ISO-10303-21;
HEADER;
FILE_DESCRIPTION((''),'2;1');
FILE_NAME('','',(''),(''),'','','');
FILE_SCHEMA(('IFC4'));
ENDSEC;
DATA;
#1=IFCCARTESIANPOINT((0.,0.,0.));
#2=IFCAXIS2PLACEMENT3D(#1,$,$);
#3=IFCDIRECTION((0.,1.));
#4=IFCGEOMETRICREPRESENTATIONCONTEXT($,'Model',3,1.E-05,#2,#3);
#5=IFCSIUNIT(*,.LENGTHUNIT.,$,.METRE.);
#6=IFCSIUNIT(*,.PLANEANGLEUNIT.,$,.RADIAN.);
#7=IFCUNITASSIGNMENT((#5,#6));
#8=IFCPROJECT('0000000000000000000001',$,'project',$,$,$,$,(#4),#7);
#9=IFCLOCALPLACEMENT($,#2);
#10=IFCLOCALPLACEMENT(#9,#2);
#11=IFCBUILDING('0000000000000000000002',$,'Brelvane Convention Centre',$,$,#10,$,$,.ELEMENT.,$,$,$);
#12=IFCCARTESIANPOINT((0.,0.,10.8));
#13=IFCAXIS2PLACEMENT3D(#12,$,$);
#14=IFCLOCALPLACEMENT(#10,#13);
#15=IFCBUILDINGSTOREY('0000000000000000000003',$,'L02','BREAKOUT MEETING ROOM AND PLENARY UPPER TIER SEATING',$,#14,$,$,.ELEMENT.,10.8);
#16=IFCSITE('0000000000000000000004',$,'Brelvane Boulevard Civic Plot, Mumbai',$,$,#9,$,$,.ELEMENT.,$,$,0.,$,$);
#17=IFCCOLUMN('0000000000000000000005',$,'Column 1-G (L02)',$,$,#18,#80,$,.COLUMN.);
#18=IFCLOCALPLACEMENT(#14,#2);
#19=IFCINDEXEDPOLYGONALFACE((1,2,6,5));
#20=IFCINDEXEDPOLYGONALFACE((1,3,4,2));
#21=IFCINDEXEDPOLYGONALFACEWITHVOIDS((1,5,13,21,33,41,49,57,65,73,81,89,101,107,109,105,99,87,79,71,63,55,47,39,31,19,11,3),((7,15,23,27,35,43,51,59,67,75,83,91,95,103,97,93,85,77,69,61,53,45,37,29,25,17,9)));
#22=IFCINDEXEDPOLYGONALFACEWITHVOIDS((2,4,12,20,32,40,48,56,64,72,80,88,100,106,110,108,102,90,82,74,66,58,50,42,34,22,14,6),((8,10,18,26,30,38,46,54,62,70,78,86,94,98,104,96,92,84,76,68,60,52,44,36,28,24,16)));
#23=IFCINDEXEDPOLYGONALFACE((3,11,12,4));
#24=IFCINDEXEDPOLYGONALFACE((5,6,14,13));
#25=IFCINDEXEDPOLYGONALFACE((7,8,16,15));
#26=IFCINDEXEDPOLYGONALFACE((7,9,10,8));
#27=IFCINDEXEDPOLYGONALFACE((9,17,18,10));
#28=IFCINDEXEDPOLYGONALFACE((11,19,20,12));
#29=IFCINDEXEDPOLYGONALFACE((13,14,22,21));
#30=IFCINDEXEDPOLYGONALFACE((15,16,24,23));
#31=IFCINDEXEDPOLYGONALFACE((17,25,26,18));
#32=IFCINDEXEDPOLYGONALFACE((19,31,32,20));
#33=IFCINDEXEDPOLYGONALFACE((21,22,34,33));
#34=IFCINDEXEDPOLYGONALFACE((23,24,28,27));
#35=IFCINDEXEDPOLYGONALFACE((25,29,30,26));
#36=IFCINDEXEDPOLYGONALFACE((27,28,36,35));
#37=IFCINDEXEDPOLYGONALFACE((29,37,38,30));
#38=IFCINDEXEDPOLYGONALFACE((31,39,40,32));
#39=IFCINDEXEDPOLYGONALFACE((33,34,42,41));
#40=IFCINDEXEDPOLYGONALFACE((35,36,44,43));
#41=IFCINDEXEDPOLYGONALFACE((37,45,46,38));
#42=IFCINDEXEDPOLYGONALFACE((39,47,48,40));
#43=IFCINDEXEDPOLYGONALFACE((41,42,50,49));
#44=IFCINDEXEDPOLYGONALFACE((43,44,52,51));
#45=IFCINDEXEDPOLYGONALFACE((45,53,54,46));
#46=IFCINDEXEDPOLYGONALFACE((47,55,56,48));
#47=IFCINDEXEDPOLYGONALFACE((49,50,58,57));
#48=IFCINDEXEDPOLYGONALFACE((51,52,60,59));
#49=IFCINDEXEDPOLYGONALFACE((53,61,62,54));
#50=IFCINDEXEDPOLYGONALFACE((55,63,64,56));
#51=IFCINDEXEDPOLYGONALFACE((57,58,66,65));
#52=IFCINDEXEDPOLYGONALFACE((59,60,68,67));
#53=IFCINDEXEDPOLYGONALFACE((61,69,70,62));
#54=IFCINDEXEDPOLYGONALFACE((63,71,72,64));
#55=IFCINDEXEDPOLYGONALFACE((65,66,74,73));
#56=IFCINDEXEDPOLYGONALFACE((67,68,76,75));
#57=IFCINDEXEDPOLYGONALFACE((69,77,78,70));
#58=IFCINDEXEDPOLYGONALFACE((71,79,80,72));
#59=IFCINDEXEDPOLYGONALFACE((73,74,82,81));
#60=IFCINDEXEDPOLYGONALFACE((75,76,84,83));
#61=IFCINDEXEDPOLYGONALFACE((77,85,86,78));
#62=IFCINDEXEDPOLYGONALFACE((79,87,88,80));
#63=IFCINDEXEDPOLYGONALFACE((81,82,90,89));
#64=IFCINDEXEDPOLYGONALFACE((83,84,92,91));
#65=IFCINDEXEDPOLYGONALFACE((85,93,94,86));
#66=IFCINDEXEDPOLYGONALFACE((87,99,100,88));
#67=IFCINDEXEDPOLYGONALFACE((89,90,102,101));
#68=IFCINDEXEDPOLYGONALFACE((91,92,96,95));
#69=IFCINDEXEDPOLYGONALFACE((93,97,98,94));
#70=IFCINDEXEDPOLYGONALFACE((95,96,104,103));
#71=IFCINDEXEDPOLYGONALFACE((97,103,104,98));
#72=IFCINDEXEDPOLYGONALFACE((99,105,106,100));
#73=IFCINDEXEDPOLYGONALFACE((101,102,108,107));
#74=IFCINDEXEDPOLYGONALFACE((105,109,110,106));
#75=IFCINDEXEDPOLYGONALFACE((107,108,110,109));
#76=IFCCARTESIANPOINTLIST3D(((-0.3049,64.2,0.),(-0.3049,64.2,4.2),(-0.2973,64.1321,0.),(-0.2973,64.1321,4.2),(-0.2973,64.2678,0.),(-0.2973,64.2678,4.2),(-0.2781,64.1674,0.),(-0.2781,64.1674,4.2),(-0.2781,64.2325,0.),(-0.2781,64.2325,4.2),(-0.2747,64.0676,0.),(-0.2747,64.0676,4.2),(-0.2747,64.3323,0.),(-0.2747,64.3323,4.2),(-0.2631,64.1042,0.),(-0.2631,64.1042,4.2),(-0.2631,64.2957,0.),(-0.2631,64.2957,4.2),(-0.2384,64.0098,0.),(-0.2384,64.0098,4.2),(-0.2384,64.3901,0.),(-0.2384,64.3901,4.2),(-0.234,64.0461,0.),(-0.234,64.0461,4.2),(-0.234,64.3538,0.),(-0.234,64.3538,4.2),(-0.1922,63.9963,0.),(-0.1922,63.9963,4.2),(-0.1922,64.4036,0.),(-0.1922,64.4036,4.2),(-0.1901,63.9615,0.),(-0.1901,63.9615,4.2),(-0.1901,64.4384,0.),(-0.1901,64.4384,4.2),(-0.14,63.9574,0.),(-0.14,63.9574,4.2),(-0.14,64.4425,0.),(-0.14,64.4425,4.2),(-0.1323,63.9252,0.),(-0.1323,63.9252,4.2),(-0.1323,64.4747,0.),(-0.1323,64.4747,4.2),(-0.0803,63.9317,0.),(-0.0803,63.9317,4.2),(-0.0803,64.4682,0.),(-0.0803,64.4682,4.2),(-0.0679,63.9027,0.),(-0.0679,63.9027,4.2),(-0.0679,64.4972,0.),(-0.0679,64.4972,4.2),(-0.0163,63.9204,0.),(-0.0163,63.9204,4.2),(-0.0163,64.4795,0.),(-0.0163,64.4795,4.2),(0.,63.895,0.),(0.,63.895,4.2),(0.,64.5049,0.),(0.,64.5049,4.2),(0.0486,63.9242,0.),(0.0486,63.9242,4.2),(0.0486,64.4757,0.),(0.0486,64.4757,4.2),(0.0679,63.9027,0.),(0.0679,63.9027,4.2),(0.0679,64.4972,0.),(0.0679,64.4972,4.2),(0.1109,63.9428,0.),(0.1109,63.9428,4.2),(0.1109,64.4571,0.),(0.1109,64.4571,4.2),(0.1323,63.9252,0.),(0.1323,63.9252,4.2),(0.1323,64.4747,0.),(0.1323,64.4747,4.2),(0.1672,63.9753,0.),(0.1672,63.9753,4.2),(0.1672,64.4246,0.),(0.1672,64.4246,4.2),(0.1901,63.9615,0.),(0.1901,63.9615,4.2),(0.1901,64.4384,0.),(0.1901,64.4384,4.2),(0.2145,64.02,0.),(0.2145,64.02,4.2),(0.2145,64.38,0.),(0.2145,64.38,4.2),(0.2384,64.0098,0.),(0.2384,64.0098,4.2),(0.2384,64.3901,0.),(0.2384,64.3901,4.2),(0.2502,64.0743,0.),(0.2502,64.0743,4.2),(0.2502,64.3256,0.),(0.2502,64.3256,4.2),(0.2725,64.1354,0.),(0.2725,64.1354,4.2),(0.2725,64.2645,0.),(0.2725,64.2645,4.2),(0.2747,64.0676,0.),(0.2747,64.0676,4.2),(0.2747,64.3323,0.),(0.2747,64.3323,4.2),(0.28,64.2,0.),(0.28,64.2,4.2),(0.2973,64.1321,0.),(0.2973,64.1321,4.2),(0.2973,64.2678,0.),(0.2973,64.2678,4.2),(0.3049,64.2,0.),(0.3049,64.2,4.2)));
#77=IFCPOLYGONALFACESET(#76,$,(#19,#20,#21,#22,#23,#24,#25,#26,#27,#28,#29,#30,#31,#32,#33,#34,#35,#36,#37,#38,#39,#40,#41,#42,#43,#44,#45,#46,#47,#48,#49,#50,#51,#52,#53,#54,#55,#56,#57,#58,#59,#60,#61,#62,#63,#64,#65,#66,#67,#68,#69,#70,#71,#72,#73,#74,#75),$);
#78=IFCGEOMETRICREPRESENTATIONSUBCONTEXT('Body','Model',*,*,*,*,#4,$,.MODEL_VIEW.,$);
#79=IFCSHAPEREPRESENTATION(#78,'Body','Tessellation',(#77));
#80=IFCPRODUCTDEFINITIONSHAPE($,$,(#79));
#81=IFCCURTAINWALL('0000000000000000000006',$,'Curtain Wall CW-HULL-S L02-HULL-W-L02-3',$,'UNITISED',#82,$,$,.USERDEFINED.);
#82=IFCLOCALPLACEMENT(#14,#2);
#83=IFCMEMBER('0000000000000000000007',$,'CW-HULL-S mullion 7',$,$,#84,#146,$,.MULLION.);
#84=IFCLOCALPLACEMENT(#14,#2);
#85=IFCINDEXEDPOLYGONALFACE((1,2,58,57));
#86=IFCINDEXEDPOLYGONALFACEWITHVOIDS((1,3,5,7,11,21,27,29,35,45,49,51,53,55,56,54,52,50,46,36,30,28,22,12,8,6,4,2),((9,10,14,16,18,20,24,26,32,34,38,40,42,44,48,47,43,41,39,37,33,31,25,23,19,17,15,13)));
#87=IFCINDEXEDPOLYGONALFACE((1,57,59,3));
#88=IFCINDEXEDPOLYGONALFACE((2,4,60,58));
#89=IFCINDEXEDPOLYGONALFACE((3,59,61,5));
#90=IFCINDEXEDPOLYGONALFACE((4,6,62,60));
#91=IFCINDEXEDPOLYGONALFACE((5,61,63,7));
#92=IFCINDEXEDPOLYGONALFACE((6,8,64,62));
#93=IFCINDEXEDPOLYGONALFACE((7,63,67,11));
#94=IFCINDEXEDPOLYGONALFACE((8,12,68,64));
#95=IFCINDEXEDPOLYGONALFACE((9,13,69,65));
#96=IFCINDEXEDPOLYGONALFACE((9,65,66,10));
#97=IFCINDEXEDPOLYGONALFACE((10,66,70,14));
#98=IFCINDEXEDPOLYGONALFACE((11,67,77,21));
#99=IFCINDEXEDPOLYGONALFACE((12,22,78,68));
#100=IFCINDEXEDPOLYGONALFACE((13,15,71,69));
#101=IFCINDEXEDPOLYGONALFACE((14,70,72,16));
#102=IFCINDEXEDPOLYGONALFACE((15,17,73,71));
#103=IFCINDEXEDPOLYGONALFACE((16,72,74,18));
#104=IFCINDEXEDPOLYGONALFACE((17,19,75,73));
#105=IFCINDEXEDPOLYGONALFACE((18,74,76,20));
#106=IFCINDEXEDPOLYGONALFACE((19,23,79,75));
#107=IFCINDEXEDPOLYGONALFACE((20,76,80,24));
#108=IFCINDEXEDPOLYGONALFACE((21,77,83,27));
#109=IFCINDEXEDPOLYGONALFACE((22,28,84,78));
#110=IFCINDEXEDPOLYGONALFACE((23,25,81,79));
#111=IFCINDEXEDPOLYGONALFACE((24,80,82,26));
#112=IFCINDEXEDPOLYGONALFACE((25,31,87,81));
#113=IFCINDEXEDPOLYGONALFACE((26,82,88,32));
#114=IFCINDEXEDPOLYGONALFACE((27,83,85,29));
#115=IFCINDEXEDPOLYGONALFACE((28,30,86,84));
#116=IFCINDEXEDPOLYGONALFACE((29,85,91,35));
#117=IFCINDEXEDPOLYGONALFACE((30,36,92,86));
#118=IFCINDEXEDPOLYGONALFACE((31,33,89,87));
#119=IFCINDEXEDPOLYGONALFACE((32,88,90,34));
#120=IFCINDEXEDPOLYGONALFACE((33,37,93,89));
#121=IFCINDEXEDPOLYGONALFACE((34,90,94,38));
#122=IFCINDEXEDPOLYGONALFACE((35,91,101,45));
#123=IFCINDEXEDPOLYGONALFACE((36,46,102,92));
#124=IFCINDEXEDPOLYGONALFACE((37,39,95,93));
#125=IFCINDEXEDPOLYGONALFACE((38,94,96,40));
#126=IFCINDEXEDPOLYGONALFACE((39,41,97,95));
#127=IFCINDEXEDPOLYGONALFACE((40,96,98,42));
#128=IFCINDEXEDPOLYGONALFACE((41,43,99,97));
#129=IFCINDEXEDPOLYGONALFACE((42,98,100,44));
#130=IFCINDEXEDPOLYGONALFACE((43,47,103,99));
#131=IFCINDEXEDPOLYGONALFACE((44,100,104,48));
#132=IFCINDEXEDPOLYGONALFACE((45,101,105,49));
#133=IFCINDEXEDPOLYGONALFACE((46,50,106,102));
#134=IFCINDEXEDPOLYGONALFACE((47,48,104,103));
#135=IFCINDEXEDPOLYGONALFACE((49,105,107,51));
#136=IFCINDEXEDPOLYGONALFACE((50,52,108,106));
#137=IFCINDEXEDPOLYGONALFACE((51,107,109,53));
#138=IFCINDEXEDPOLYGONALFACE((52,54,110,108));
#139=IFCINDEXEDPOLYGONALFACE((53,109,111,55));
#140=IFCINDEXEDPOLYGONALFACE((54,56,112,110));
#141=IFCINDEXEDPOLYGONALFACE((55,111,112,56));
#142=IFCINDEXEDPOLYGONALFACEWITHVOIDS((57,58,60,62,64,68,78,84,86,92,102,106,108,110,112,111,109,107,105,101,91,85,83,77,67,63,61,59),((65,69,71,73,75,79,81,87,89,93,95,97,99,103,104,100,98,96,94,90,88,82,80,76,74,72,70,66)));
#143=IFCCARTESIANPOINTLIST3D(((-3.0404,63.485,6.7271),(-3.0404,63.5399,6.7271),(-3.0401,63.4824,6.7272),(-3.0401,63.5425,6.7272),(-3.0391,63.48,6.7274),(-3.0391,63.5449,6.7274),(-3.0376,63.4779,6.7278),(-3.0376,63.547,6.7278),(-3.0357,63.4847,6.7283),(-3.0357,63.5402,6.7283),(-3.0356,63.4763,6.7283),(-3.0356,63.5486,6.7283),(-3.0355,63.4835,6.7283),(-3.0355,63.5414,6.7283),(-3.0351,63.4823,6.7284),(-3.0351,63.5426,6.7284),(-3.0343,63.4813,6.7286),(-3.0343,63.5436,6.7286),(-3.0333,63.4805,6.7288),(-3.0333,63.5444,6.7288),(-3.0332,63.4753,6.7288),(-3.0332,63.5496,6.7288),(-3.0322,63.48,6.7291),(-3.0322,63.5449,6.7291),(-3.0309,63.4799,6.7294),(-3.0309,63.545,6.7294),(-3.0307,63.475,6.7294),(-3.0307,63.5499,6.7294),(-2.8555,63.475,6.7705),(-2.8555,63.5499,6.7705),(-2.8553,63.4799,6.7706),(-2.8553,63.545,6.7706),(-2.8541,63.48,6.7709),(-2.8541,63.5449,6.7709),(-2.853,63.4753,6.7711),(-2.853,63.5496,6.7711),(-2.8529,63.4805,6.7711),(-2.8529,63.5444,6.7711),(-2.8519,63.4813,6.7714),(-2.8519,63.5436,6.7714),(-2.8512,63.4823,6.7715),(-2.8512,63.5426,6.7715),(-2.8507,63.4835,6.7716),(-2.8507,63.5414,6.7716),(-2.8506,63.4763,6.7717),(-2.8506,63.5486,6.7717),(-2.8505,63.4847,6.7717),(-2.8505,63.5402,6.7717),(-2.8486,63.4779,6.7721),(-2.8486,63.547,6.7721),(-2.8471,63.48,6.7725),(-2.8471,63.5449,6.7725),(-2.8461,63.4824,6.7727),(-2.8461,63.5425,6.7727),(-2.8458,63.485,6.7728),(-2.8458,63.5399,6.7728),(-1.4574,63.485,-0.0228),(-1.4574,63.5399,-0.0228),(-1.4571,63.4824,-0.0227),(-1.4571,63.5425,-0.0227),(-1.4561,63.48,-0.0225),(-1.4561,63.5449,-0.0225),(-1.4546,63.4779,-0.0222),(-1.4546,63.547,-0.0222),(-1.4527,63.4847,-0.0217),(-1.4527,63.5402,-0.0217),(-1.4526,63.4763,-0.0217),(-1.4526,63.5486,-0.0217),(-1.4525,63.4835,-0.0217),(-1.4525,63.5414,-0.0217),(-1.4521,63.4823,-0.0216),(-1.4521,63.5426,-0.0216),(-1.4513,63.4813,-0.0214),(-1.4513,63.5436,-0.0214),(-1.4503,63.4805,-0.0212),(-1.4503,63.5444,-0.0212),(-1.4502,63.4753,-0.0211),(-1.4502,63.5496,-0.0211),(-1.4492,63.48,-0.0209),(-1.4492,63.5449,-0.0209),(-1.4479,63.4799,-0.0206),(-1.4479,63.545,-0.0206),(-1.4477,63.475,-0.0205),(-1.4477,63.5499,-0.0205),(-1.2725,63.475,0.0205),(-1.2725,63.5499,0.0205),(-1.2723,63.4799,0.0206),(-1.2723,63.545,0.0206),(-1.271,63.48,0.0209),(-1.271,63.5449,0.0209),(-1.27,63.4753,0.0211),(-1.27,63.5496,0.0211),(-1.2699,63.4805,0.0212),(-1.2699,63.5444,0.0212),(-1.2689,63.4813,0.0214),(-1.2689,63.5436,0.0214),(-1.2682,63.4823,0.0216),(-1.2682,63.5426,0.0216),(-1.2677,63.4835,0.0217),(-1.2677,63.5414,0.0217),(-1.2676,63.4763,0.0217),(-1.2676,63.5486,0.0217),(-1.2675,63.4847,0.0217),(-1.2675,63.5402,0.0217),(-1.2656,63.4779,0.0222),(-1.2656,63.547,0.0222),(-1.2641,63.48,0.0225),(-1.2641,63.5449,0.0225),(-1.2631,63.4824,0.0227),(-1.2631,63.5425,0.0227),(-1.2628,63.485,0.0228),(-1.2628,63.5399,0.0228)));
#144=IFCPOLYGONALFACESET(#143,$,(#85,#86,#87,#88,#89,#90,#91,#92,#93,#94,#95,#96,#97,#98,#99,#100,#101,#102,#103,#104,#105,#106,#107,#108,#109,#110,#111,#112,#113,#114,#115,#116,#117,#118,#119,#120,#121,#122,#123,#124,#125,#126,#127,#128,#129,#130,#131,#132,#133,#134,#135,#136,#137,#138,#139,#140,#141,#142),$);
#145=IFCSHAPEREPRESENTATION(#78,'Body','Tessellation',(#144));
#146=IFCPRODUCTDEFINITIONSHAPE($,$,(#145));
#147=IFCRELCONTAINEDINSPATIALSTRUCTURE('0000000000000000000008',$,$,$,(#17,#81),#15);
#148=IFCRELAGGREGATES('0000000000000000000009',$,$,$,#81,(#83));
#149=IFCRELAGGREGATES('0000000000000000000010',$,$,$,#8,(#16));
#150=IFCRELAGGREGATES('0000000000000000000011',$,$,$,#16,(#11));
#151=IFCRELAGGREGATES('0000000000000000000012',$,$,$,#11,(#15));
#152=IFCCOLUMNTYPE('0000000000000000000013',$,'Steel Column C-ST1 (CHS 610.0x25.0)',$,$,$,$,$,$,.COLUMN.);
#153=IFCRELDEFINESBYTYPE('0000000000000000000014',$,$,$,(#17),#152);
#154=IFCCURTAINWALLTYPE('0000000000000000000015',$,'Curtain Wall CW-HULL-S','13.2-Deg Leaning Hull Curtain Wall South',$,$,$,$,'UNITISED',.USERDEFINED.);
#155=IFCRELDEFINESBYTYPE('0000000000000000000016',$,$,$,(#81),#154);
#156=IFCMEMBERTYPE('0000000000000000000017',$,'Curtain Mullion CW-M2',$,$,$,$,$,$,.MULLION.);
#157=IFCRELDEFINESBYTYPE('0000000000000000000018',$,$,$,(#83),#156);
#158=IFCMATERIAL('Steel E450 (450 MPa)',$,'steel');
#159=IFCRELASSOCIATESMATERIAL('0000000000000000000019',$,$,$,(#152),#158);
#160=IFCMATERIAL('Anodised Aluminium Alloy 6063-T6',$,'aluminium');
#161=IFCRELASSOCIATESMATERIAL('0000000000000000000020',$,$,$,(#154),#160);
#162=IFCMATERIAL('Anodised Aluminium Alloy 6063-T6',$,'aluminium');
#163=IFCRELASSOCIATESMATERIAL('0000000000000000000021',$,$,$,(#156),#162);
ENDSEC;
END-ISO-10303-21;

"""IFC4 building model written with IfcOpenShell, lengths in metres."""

from ifc_helpers import new_model, si_unit, direction, frame, origin, origin_2d, place, context, subcontext, project, spatial, hollow_rectangle, hollow_circle, extrude, material, material_profile, profile_set, type_object, element, aggregate, save


model = new_model("IFC4")

# Units and contexts
model_context = context("Model", 3, precision=1e-05, world=origin(), true_north=direction((0.0, 1.0)))
body_context = subcontext(model_context, "Body", "Model", "MODEL_VIEW")
ifc_project = project(units=[si_unit("LENGTHUNIT", "METRE"), si_unit("PLANEANGLEUNIT", "RADIAN")], contexts=[model_context])

# Site, building, storey
site_placement = place(None, origin())
site = spatial("IfcSite", under=ifc_project, at=site_placement, Name="Brelvane Boulevard Civic Plot, Mumbai", CompositionType="ELEMENT", RefElevation=0.0)
building_placement = place(site_placement, origin())
building = spatial("IfcBuilding", under=site, at=building_placement, Name="Brelvane Convention Centre", CompositionType="ELEMENT")
storey_placement = place(building_placement, frame((0.0, 0.0, 10.8)))
storey = spatial("IfcBuildingStorey", under=building, at=storey_placement, Name="L02", Description="BREAKOUT MEETING ROOM AND PLENARY UPPER TIER SEATING", CompositionType="ELEMENT", Elevation=10.8)

# Column
ifc_material_1 = material(Name="Steel E450 (450 MPa)", Category="steel")
ifc_material_profile_1 = material_profile(ifc_material_1, hollow_circle(Radius=0.3049, WallThickness=0.0249, at=origin_2d()), Name="CHS 610.0x25.0")
ifc_profile_set_1 = profile_set([ifc_material_profile_1], Name="Steel E450 (450 MPa)")
column_type = type_object("IfcColumnType", Name="Steel Column C-ST1 (CHS 610.0x25.0)", PredefinedType="COLUMN", material=ifc_profile_set_1)
column_placement = place(storey_placement, frame((0.0, 64.2, 0.0), z_axis=(0.0, 0.0, 1.0), x_axis=(1.0, 0.0, 0.0)))
element("IfcColumn", 1, at=column_placement, inside=storey, type_object=column_type, Name="Column 1-G (L02)", PredefinedType="COLUMN", context=body_context, shape_type="SweptSolid", body=[
    extrude(hollow_circle(Radius=0.3049, WallThickness=0.0249, at=origin_2d()), origin(), (0.0, 0.0, 1.0), 4.2),
])

# Curtain wall, member
ifc_material_2 = material(Name="Anodised Aluminium Alloy 6063-T6", Category="aluminium")
curtain_wall_type = type_object("IfcCurtainWallType", Name="Curtain Wall CW-HULL-S", Description="13.2-Deg Leaning Hull Curtain Wall South", ElementType="UNITISED", PredefinedType="USERDEFINED", material=ifc_material_2)
curtain_wall_1_placement = place(storey_placement, origin())
curtain_wall_1 = element("IfcCurtainWall", 2, at=curtain_wall_1_placement, inside=storey, type_object=curtain_wall_type, Name="Curtain Wall CW-HULL-S L02-HULL-W-L02-3", ObjectType="UNITISED", PredefinedType="USERDEFINED")
ifc_material_3 = material(Name="Anodised Aluminium Alloy 6063-T6", Category="aluminium")
ifc_material_profile_2 = material_profile(ifc_material_3, hollow_rectangle(XDim=0.075, YDim=0.2, WallThickness=0.0049, InnerFilletRadius=0.0049, OuterFilletRadius=0.01, at=origin_2d()), Name="ALU-M 200x75x5.0")
ifc_profile_set_2 = profile_set([ifc_material_profile_2], Name="Anodised Aluminium Alloy 6063-T6")
member_type_1 = type_object("IfcMemberType", Name="Curtain Mullion CW-M2", PredefinedType="MULLION", material=ifc_profile_set_2)
member_1_placement = place(storey_placement, frame((-1.3601, 63.5125, 0.0), z_axis=(-0.228325, 0.0, 0.973585), x_axis=(0.0, -1.0, 0.0)))
member_1 = element("IfcMember", 3, at=member_1_placement, type_object=member_type_1, Name="CW-HULL-S mullion 7", PredefinedType="MULLION", context=body_context, shape_type="SweptSolid", body=[
    extrude(hollow_rectangle(XDim=0.075, YDim=0.2, WallThickness=0.0049, InnerFilletRadius=0.0049, OuterFilletRadius=0.01, at=origin_2d()), origin(), (0.0, 0.0, 1.0), 6.9331),
])

aggregate(curtain_wall_1, [member_1])

save(model, "model.ifc")
